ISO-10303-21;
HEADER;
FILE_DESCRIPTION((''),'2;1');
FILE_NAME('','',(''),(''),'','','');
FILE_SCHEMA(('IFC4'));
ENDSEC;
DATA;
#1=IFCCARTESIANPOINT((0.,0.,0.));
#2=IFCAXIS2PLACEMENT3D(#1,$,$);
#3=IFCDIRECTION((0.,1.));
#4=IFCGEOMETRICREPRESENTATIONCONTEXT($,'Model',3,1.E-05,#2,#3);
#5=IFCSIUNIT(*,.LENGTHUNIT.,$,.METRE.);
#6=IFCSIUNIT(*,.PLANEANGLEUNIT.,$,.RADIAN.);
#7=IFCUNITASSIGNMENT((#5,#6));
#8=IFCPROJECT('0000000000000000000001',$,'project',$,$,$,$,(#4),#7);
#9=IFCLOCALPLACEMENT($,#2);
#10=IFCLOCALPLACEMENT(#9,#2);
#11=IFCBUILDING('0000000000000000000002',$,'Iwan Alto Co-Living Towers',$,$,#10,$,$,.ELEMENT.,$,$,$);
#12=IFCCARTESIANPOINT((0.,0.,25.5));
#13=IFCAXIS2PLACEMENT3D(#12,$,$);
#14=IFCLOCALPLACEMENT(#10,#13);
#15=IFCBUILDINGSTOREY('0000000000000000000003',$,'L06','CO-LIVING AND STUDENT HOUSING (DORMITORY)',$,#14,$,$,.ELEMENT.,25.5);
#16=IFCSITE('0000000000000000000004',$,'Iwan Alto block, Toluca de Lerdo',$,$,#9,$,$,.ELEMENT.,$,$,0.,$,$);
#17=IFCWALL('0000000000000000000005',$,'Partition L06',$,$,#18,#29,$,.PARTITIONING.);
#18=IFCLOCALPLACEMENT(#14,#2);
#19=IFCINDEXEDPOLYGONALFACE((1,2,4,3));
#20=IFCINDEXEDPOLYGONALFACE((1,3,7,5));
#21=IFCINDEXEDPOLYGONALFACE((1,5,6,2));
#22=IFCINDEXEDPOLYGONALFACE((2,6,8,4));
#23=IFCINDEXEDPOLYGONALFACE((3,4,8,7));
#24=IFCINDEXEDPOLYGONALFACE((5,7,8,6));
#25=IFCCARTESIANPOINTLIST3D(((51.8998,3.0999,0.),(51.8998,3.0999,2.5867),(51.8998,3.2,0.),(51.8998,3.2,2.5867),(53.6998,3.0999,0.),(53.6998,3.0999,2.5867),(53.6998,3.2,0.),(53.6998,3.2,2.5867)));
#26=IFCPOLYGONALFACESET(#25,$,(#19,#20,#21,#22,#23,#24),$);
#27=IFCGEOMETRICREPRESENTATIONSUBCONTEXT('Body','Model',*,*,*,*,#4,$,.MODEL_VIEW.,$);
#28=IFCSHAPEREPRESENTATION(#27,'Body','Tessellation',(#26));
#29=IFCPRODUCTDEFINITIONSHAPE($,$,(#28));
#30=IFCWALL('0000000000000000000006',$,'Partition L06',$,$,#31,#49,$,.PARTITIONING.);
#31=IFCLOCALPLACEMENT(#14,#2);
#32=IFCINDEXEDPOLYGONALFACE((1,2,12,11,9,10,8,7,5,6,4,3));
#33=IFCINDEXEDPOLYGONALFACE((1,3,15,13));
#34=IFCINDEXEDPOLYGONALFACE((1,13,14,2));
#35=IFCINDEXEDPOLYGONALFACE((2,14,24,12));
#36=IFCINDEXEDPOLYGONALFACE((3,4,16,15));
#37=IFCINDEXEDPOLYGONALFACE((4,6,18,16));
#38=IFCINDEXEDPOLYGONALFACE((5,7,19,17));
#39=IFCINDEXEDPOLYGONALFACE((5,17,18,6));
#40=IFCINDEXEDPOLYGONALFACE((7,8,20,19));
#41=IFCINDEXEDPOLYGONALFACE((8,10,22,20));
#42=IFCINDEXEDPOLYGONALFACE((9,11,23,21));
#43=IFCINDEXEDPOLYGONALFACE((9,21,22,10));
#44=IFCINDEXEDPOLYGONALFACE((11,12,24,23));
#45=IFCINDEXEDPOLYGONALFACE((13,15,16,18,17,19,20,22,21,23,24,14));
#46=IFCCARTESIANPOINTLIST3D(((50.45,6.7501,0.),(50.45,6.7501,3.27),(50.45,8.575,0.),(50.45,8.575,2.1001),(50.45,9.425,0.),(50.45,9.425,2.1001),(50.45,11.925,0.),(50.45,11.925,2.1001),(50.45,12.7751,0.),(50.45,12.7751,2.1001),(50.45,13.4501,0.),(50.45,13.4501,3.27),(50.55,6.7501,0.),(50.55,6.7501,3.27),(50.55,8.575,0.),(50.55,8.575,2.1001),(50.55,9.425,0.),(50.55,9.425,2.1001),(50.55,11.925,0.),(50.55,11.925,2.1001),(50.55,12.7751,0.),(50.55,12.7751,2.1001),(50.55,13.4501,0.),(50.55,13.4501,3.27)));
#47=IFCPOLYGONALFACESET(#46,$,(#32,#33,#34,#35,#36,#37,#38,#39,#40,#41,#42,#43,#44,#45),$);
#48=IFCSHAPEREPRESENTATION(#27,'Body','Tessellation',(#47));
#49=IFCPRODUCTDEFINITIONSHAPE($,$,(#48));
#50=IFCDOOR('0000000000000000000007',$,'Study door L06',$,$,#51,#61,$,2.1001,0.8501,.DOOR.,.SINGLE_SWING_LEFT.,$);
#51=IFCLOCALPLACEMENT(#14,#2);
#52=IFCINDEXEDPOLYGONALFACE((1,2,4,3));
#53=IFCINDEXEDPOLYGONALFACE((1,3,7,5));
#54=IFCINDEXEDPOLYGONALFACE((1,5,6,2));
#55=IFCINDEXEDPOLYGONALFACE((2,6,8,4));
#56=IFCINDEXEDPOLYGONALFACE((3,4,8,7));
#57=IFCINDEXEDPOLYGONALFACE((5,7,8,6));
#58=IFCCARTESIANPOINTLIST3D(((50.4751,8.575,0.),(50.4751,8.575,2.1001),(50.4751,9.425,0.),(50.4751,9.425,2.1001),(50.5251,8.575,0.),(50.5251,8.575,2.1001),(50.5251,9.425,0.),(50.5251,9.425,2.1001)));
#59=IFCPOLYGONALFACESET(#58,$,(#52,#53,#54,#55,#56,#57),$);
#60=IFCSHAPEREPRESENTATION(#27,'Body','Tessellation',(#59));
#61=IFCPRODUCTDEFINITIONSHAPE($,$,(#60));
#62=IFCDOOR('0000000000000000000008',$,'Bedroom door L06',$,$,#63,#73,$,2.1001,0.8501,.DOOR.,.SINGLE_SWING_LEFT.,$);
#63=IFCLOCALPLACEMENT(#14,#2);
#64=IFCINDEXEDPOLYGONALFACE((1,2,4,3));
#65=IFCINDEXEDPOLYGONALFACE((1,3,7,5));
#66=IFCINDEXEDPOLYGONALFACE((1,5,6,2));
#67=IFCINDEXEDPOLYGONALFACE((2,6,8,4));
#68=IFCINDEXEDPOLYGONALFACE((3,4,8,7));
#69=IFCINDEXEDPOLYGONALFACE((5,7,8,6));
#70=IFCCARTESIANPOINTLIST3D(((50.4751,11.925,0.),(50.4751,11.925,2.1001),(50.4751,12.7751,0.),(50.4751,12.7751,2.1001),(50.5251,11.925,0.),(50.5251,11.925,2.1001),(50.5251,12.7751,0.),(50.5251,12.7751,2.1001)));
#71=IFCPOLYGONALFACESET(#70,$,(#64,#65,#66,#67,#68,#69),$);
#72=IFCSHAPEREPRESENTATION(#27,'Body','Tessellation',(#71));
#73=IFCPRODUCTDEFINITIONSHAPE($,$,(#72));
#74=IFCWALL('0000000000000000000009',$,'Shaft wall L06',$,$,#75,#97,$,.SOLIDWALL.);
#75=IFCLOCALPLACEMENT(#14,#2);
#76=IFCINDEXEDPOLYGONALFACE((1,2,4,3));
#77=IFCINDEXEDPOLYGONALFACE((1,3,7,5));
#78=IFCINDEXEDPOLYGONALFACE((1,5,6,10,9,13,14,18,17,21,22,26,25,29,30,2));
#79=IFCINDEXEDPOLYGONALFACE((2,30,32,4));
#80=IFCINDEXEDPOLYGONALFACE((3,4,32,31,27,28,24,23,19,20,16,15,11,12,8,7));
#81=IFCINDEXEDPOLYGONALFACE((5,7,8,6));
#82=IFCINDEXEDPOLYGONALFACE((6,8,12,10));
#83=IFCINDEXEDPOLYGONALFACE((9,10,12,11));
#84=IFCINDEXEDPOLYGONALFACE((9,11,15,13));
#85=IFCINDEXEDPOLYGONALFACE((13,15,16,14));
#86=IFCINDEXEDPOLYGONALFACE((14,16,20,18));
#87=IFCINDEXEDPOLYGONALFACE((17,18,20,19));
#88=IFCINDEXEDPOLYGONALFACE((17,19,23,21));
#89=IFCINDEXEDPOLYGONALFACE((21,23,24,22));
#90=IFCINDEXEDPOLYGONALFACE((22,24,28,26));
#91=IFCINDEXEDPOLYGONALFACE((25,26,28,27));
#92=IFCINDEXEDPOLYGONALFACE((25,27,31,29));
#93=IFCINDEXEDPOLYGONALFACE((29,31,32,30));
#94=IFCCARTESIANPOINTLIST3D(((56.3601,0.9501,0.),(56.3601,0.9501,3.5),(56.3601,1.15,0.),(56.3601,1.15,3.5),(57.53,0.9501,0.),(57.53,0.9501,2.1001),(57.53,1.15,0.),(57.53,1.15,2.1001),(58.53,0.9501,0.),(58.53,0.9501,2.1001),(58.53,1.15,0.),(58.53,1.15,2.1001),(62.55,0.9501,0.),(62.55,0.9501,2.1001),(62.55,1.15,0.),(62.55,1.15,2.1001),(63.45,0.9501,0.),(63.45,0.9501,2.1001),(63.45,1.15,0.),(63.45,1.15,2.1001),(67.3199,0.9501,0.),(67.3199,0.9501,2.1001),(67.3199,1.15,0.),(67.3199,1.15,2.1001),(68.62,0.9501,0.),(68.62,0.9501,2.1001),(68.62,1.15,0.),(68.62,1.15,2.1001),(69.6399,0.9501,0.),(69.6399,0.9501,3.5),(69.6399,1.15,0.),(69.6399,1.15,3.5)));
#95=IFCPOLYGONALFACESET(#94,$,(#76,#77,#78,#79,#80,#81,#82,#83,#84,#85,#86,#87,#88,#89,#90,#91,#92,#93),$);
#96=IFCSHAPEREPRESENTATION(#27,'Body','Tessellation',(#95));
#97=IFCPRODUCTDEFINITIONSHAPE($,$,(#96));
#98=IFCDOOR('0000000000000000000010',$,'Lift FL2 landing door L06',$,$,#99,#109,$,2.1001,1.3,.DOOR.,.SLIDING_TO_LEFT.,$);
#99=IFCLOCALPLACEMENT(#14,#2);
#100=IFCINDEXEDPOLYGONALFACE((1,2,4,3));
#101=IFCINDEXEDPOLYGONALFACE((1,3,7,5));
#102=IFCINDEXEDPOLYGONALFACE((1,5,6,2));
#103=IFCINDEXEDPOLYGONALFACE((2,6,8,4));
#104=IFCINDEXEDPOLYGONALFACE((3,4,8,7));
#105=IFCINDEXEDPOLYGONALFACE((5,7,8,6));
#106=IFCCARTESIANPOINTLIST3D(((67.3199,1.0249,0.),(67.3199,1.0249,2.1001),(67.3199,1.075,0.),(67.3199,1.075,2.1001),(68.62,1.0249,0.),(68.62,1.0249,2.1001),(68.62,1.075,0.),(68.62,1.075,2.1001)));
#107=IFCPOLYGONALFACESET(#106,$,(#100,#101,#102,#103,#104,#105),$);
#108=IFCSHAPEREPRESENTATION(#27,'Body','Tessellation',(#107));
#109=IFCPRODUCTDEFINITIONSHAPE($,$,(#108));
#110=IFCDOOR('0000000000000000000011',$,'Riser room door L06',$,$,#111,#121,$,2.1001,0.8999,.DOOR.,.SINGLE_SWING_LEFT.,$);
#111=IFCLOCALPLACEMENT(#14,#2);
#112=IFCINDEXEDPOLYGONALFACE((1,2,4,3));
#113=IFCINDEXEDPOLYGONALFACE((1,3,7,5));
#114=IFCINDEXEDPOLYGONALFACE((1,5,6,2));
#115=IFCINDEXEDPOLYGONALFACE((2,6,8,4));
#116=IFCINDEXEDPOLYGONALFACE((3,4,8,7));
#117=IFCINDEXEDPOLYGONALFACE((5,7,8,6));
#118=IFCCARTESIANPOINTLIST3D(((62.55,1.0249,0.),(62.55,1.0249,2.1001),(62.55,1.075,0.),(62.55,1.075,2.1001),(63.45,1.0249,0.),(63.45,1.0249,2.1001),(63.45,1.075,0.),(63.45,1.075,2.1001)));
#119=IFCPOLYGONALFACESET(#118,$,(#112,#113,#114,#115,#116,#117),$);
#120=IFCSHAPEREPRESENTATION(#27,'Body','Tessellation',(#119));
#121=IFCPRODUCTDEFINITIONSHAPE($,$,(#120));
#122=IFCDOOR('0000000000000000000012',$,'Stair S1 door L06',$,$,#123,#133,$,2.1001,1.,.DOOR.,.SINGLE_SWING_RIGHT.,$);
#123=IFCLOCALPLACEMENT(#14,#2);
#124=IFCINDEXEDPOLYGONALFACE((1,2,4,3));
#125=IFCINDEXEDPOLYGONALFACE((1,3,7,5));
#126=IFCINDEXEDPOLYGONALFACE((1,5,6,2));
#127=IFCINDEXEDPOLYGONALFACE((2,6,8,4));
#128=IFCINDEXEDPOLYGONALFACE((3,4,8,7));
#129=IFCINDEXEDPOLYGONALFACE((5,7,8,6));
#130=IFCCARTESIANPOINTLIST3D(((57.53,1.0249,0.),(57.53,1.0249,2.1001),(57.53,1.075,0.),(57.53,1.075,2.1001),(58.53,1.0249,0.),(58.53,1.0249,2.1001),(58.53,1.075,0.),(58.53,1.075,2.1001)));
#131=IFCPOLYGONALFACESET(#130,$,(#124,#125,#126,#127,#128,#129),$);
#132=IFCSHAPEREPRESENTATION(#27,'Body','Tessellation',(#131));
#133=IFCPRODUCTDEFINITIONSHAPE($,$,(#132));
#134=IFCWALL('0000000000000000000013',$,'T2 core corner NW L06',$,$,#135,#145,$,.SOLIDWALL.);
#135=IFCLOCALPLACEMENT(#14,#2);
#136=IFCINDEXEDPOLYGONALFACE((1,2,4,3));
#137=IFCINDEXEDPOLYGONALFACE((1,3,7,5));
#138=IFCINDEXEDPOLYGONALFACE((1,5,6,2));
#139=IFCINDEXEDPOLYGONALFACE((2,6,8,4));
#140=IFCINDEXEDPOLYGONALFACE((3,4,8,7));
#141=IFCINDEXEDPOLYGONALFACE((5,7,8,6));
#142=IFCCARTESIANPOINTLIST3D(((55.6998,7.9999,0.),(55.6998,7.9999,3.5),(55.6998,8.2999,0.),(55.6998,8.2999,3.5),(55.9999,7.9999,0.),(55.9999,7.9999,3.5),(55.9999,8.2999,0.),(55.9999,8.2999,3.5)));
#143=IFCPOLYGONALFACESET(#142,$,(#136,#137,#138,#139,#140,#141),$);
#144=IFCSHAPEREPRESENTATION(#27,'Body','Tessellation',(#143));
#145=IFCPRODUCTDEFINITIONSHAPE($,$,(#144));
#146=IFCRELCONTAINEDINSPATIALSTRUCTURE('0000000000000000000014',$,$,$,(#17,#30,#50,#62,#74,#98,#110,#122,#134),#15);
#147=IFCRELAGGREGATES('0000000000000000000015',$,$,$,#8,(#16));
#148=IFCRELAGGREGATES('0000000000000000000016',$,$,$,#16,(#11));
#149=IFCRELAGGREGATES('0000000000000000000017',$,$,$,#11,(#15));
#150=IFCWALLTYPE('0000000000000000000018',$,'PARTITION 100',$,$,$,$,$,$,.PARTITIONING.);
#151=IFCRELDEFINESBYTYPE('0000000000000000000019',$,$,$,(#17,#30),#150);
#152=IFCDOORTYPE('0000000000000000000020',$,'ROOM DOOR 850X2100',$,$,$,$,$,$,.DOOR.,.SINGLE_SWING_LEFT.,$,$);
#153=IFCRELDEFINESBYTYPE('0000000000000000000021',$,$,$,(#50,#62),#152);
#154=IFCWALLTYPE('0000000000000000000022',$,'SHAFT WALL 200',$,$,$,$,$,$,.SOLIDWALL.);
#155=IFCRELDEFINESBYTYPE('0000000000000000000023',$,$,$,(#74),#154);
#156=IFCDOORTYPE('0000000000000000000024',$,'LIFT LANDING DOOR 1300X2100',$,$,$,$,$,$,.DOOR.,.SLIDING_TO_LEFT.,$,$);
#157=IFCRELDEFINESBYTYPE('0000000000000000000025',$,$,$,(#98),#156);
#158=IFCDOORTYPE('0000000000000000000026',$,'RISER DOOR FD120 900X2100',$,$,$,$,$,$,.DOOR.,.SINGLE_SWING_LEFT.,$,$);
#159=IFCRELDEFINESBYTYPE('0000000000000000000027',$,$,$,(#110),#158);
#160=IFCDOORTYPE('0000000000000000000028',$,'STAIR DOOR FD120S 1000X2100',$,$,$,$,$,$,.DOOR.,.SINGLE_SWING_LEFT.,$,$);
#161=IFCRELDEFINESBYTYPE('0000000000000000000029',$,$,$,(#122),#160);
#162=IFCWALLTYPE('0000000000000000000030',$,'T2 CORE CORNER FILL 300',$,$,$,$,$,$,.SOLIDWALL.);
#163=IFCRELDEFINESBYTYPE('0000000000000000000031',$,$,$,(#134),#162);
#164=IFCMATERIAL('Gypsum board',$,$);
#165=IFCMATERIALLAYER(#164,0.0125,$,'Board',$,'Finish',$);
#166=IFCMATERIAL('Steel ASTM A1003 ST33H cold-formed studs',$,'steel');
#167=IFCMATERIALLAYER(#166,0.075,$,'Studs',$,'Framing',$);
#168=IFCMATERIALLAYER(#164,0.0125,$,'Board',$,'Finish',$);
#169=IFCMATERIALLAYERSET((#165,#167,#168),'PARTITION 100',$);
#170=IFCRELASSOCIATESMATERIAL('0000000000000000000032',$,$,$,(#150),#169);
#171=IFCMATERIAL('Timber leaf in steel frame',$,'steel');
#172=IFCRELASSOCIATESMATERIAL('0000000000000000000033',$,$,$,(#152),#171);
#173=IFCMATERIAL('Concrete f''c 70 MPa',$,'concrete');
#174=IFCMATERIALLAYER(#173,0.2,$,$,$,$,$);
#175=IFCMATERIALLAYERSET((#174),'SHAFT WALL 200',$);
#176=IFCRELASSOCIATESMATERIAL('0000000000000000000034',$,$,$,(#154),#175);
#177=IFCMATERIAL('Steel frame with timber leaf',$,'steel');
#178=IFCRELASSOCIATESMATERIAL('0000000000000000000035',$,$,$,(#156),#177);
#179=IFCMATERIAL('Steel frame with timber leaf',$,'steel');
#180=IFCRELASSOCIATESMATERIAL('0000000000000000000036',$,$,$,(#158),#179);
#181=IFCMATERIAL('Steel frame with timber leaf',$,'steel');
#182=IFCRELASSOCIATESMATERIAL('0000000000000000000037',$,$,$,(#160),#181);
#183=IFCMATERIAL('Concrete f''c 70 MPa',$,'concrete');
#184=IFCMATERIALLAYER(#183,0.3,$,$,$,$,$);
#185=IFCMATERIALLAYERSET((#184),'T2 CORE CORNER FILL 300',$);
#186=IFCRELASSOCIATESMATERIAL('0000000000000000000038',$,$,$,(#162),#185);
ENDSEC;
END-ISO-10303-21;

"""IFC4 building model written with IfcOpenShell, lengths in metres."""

from ifc_helpers import new_model, si_unit, direction, frame, frame_2d, origin, place, context, subcontext, project, spatial, rectangle, extrude, material, layer, layer_set, type_object, element, fill, save


model = new_model("IFC4")

# Units and contexts
model_context = context("Model", 3, precision=1e-05, world=origin(), true_north=direction((0.0, 1.0)))
body_context = subcontext(model_context, "Body", "Model", "MODEL_VIEW")
ifc_project = project(units=[si_unit("LENGTHUNIT", "METRE"), si_unit("PLANEANGLEUNIT", "RADIAN")], contexts=[model_context])

# Site, building, storey
site_placement = place(None, origin())
site = spatial("IfcSite", under=ifc_project, at=site_placement, Name="Iwan Alto block, Toluca de Lerdo", CompositionType="ELEMENT", RefElevation=0.0)
building_placement = place(site_placement, origin())
building = spatial("IfcBuilding", under=site, at=building_placement, Name="Iwan Alto Co-Living Towers", CompositionType="ELEMENT")
storey_placement = place(building_placement, frame((0.0, 0.0, 25.5)))
storey = spatial("IfcBuildingStorey", under=building, at=storey_placement, Name="L06", Description="CO-LIVING AND STUDENT HOUSING (DORMITORY)", CompositionType="ELEMENT", Elevation=25.5)

# Wall
ifc_material_1 = material(Name="Gypsum board")
ifc_layer_1 = layer(ifc_material_1, 0.0125, Name="Board", Category="Finish")
ifc_material_2 = material(Name="Steel ASTM A1003 ST33H cold-formed studs", Category="steel")
ifc_layer_2 = layer(ifc_material_2, 0.075, Name="Studs", Category="Framing")
ifc_layer_3 = layer(ifc_material_1, 0.0125, Name="Board", Category="Finish")
ifc_layer_set_1 = layer_set([ifc_layer_1, ifc_layer_2, ifc_layer_3], Name="PARTITION 100")
wall_type_1 = type_object("IfcWallType", Name="PARTITION 100", PredefinedType="PARTITIONING", material=ifc_layer_set_1)
wall_1_placement = place(storey_placement, frame((51.8999, 3.1499, 0.0), z_axis=(0.0, 0.0, 1.0), x_axis=(1.0, 0.0, 0.0)))
element("IfcWall", 1, at=wall_1_placement, inside=storey, type_object=wall_type_1, Name="Partition L06", PredefinedType="PARTITIONING", context=body_context, shape_type="SweptSolid", body=[
    extrude(rectangle(XDim=1.8, YDim=0.1001, at=frame_2d((0.8999, 0.0))), origin(), (0.0, 0.0, 1.0), 2.5867),
])

# Walls, openings, doors
wall_2_placement = place(storey_placement, frame((50.5, 6.75, 0.0), z_axis=(0.0, 0.0, 1.0), x_axis=(0.0, 1.0, 0.0)))
wall_2 = element("IfcWall", 2, at=wall_2_placement, inside=storey, type_object=wall_type_1, Name="Partition L06", PredefinedType="PARTITIONING", context=body_context, shape_type="SweptSolid", body=[
    extrude(rectangle(XDim=6.7, YDim=0.1001, at=frame_2d((3.3501, 0.0))), origin(), (0.0, 0.0, 1.0), 3.27),
])
opening_1_placement = place(wall_2_placement, frame((1.825, 0.0, 0.0)))
opening_1 = element("IfcOpeningElement", 3, at=opening_1_placement, cuts=wall_2, PredefinedType="OPENING", context=body_context, shape_type="SweptSolid", body=[
    extrude(rectangle(XDim=0.8501, YDim=2.1001, at=frame_2d((0.425, 1.05))), frame((0.0, 0.0601, 0.0), z_axis=(0.0, -1.0, 0.0), x_axis=(1.0, 0.0, 0.0)), (0.0, 0.0, 1.0), 0.1201),
])
opening_2_placement = place(wall_2_placement, frame((5.175, 0.0, 0.0)))
opening_2 = element("IfcOpeningElement", 4, at=opening_2_placement, cuts=wall_2, PredefinedType="OPENING", context=body_context, shape_type="SweptSolid", body=[
    extrude(rectangle(XDim=0.8501, YDim=2.1001, at=frame_2d((0.425, 1.05))), frame((0.0, 0.0601, 0.0), z_axis=(0.0, -1.0, 0.0), x_axis=(1.0, 0.0, 0.0)), (0.0, 0.0, 1.0), 0.1201),
])
ifc_material_3 = material(Name="Timber leaf in steel frame", Category="steel")
door_type_1 = type_object("IfcDoorType", Name="ROOM DOOR 850X2100", OperationType="SINGLE_SWING_LEFT", PredefinedType="DOOR", material=ifc_material_3)
door_1_placement = place(opening_1_placement, origin())
door_1 = element("IfcDoor", 5, at=door_1_placement, inside=storey, type_object=door_type_1, Name="Study door L06", OperationType="SINGLE_SWING_LEFT", OverallHeight=2.1001, OverallWidth=0.8501, PredefinedType="DOOR", context=body_context, shape_type="SweptSolid", body=[
    extrude(rectangle(XDim=0.8501, YDim=2.1001, at=frame_2d((0.425, 1.05))), frame((0.0, 0.0249, 0.0), z_axis=(0.0, -1.0, 0.0), x_axis=(1.0, 0.0, 0.0)), (0.0, 0.0, 1.0), 0.05),
])
fill(opening_1, door_1)
door_2_placement = place(opening_2_placement, origin())
door_2 = element("IfcDoor", 6, at=door_2_placement, inside=storey, type_object=door_type_1, Name="Bedroom door L06", OperationType="SINGLE_SWING_LEFT", OverallHeight=2.1001, OverallWidth=0.8501, PredefinedType="DOOR", context=body_context, shape_type="SweptSolid", body=[
    extrude(rectangle(XDim=0.8501, YDim=2.1001, at=frame_2d((0.425, 1.05))), frame((0.0, 0.0249, 0.0), z_axis=(0.0, -1.0, 0.0), x_axis=(1.0, 0.0, 0.0)), (0.0, 0.0, 1.0), 0.05),
])
fill(opening_2, door_2)
ifc_material_4 = material(Name="Concrete f'c 70 MPa", Category="concrete")
ifc_layer_4 = layer(ifc_material_4, 0.2)
ifc_layer_set_2 = layer_set([ifc_layer_4], Name="SHAFT WALL 200")
wall_type_2 = type_object("IfcWallType", Name="SHAFT WALL 200", PredefinedType="SOLIDWALL", material=ifc_layer_set_2)
wall_3_placement = place(storey_placement, frame((56.3601, 1.05, 0.0), z_axis=(0.0, 0.0, 1.0), x_axis=(1.0, 0.0, 0.0)))
wall_3 = element("IfcWall", 7, at=wall_3_placement, inside=storey, type_object=wall_type_2, Name="Shaft wall L06", PredefinedType="SOLIDWALL", context=body_context, shape_type="SweptSolid", body=[
    extrude(rectangle(XDim=13.2798, YDim=0.2, at=frame_2d((6.6399, 0.0))), origin(), (0.0, 0.0, 1.0), 3.5),
])
opening_3_placement = place(wall_3_placement, frame((1.1699, 0.0, 0.0)))
opening_3 = element("IfcOpeningElement", 8, at=opening_3_placement, cuts=wall_3, PredefinedType="OPENING", context=body_context, shape_type="SweptSolid", body=[
    extrude(rectangle(XDim=1.0, YDim=2.1001, at=frame_2d((0.5, 1.05))), frame((0.0, 0.1099, 0.0), z_axis=(0.0, -1.0, 0.0), x_axis=(1.0, 0.0, 0.0)), (0.0, 0.0, 1.0), 0.22),
])
opening_4_placement = place(wall_3_placement, frame((6.1899, 0.0, 0.0)))
opening_4 = element("IfcOpeningElement", 9, at=opening_4_placement, cuts=wall_3, PredefinedType="OPENING", context=body_context, shape_type="SweptSolid", body=[
    extrude(rectangle(XDim=0.8999, YDim=2.1001, at=frame_2d((0.45, 1.05))), frame((0.0, 0.1099, 0.0), z_axis=(0.0, -1.0, 0.0), x_axis=(1.0, 0.0, 0.0)), (0.0, 0.0, 1.0), 0.22),
])
opening_5_placement = place(wall_3_placement, frame((10.96, 0.0, 0.0)))
opening_5 = element("IfcOpeningElement", 10, at=opening_5_placement, cuts=wall_3, PredefinedType="OPENING", context=body_context, shape_type="SweptSolid", body=[
    extrude(rectangle(XDim=1.3, YDim=2.1001, at=frame_2d((0.6499, 1.05))), frame((0.0, 0.1099, 0.0), z_axis=(0.0, -1.0, 0.0), x_axis=(1.0, 0.0, 0.0)), (0.0, 0.0, 1.0), 0.22),
])
ifc_material_5 = material(Name="Steel frame with timber leaf", Category="steel")
door_type_2 = type_object("IfcDoorType", Name="LIFT LANDING DOOR 1300X2100", OperationType="SLIDING_TO_LEFT", PredefinedType="DOOR", material=ifc_material_5)
door_3_placement = place(opening_5_placement, origin())
door_3 = element("IfcDoor", 11, at=door_3_placement, inside=storey, type_object=door_type_2, Name="Lift FL2 landing door L06", OperationType="SLIDING_TO_LEFT", OverallHeight=2.1001, OverallWidth=1.3, PredefinedType="DOOR", context=body_context, shape_type="SweptSolid", body=[
    extrude(rectangle(XDim=1.3, YDim=2.1001, at=frame_2d((0.6499, 1.05))), frame((0.0, 0.0249, 0.0), z_axis=(0.0, -1.0, 0.0), x_axis=(1.0, 0.0, 0.0)), (0.0, 0.0, 1.0), 0.05),
])
fill(opening_5, door_3)
ifc_material_6 = material(Name="Steel frame with timber leaf", Category="steel")
door_type_3 = type_object("IfcDoorType", Name="RISER DOOR FD120 900X2100", OperationType="SINGLE_SWING_LEFT", PredefinedType="DOOR", material=ifc_material_6)
door_4_placement = place(opening_4_placement, origin())
door_4 = element("IfcDoor", 12, at=door_4_placement, inside=storey, type_object=door_type_3, Name="Riser room door L06", OperationType="SINGLE_SWING_LEFT", OverallHeight=2.1001, OverallWidth=0.8999, PredefinedType="DOOR", context=body_context, shape_type="SweptSolid", body=[
    extrude(rectangle(XDim=0.8999, YDim=2.1001, at=frame_2d((0.45, 1.05))), frame((0.0, 0.0249, 0.0), z_axis=(0.0, -1.0, 0.0), x_axis=(1.0, 0.0, 0.0)), (0.0, 0.0, 1.0), 0.05),
])
fill(opening_4, door_4)
ifc_material_7 = material(Name="Steel frame with timber leaf", Category="steel")
door_type_4 = type_object("IfcDoorType", Name="STAIR DOOR FD120S 1000X2100", OperationType="SINGLE_SWING_LEFT", PredefinedType="DOOR", material=ifc_material_7)
door_5_placement = place(opening_3_placement, origin())
door_5 = element("IfcDoor", 13, at=door_5_placement, inside=storey, type_object=door_type_4, Name="Stair S1 door L06", OperationType="SINGLE_SWING_RIGHT", OverallHeight=2.1001, OverallWidth=1.0, PredefinedType="DOOR", context=body_context, shape_type="SweptSolid", body=[
    extrude(rectangle(XDim=1.0, YDim=2.1001, at=frame_2d((0.5, 1.05))), frame((0.0, 0.0249, 0.0), z_axis=(0.0, -1.0, 0.0), x_axis=(1.0, 0.0, 0.0)), (0.0, 0.0, 1.0), 0.05),
])
fill(opening_3, door_5)

# Wall
ifc_material_8 = material(Name="Concrete f'c 70 MPa", Category="concrete")
ifc_layer_5 = layer(ifc_material_8, 0.3)
ifc_layer_set_3 = layer_set([ifc_layer_5], Name="T2 CORE CORNER FILL 300")
wall_type_3 = type_object("IfcWallType", Name="T2 CORE CORNER FILL 300", PredefinedType="SOLIDWALL", material=ifc_layer_set_3)
wall_4_placement = place(storey_placement, frame((55.7, 8.1499, 0.0), z_axis=(0.0, 0.0, 1.0), x_axis=(1.0, 0.0, 0.0)))
element("IfcWall", 14, at=wall_4_placement, inside=storey, type_object=wall_type_3, Name="T2 core corner NW L06", PredefinedType="SOLIDWALL", context=body_context, shape_type="SweptSolid", body=[
    extrude(rectangle(XDim=0.3, YDim=0.3, at=frame_2d((0.1499, 0.0))), origin(), (0.0, 0.0, 1.0), 3.5),
])

save(model, "model.ifc")
